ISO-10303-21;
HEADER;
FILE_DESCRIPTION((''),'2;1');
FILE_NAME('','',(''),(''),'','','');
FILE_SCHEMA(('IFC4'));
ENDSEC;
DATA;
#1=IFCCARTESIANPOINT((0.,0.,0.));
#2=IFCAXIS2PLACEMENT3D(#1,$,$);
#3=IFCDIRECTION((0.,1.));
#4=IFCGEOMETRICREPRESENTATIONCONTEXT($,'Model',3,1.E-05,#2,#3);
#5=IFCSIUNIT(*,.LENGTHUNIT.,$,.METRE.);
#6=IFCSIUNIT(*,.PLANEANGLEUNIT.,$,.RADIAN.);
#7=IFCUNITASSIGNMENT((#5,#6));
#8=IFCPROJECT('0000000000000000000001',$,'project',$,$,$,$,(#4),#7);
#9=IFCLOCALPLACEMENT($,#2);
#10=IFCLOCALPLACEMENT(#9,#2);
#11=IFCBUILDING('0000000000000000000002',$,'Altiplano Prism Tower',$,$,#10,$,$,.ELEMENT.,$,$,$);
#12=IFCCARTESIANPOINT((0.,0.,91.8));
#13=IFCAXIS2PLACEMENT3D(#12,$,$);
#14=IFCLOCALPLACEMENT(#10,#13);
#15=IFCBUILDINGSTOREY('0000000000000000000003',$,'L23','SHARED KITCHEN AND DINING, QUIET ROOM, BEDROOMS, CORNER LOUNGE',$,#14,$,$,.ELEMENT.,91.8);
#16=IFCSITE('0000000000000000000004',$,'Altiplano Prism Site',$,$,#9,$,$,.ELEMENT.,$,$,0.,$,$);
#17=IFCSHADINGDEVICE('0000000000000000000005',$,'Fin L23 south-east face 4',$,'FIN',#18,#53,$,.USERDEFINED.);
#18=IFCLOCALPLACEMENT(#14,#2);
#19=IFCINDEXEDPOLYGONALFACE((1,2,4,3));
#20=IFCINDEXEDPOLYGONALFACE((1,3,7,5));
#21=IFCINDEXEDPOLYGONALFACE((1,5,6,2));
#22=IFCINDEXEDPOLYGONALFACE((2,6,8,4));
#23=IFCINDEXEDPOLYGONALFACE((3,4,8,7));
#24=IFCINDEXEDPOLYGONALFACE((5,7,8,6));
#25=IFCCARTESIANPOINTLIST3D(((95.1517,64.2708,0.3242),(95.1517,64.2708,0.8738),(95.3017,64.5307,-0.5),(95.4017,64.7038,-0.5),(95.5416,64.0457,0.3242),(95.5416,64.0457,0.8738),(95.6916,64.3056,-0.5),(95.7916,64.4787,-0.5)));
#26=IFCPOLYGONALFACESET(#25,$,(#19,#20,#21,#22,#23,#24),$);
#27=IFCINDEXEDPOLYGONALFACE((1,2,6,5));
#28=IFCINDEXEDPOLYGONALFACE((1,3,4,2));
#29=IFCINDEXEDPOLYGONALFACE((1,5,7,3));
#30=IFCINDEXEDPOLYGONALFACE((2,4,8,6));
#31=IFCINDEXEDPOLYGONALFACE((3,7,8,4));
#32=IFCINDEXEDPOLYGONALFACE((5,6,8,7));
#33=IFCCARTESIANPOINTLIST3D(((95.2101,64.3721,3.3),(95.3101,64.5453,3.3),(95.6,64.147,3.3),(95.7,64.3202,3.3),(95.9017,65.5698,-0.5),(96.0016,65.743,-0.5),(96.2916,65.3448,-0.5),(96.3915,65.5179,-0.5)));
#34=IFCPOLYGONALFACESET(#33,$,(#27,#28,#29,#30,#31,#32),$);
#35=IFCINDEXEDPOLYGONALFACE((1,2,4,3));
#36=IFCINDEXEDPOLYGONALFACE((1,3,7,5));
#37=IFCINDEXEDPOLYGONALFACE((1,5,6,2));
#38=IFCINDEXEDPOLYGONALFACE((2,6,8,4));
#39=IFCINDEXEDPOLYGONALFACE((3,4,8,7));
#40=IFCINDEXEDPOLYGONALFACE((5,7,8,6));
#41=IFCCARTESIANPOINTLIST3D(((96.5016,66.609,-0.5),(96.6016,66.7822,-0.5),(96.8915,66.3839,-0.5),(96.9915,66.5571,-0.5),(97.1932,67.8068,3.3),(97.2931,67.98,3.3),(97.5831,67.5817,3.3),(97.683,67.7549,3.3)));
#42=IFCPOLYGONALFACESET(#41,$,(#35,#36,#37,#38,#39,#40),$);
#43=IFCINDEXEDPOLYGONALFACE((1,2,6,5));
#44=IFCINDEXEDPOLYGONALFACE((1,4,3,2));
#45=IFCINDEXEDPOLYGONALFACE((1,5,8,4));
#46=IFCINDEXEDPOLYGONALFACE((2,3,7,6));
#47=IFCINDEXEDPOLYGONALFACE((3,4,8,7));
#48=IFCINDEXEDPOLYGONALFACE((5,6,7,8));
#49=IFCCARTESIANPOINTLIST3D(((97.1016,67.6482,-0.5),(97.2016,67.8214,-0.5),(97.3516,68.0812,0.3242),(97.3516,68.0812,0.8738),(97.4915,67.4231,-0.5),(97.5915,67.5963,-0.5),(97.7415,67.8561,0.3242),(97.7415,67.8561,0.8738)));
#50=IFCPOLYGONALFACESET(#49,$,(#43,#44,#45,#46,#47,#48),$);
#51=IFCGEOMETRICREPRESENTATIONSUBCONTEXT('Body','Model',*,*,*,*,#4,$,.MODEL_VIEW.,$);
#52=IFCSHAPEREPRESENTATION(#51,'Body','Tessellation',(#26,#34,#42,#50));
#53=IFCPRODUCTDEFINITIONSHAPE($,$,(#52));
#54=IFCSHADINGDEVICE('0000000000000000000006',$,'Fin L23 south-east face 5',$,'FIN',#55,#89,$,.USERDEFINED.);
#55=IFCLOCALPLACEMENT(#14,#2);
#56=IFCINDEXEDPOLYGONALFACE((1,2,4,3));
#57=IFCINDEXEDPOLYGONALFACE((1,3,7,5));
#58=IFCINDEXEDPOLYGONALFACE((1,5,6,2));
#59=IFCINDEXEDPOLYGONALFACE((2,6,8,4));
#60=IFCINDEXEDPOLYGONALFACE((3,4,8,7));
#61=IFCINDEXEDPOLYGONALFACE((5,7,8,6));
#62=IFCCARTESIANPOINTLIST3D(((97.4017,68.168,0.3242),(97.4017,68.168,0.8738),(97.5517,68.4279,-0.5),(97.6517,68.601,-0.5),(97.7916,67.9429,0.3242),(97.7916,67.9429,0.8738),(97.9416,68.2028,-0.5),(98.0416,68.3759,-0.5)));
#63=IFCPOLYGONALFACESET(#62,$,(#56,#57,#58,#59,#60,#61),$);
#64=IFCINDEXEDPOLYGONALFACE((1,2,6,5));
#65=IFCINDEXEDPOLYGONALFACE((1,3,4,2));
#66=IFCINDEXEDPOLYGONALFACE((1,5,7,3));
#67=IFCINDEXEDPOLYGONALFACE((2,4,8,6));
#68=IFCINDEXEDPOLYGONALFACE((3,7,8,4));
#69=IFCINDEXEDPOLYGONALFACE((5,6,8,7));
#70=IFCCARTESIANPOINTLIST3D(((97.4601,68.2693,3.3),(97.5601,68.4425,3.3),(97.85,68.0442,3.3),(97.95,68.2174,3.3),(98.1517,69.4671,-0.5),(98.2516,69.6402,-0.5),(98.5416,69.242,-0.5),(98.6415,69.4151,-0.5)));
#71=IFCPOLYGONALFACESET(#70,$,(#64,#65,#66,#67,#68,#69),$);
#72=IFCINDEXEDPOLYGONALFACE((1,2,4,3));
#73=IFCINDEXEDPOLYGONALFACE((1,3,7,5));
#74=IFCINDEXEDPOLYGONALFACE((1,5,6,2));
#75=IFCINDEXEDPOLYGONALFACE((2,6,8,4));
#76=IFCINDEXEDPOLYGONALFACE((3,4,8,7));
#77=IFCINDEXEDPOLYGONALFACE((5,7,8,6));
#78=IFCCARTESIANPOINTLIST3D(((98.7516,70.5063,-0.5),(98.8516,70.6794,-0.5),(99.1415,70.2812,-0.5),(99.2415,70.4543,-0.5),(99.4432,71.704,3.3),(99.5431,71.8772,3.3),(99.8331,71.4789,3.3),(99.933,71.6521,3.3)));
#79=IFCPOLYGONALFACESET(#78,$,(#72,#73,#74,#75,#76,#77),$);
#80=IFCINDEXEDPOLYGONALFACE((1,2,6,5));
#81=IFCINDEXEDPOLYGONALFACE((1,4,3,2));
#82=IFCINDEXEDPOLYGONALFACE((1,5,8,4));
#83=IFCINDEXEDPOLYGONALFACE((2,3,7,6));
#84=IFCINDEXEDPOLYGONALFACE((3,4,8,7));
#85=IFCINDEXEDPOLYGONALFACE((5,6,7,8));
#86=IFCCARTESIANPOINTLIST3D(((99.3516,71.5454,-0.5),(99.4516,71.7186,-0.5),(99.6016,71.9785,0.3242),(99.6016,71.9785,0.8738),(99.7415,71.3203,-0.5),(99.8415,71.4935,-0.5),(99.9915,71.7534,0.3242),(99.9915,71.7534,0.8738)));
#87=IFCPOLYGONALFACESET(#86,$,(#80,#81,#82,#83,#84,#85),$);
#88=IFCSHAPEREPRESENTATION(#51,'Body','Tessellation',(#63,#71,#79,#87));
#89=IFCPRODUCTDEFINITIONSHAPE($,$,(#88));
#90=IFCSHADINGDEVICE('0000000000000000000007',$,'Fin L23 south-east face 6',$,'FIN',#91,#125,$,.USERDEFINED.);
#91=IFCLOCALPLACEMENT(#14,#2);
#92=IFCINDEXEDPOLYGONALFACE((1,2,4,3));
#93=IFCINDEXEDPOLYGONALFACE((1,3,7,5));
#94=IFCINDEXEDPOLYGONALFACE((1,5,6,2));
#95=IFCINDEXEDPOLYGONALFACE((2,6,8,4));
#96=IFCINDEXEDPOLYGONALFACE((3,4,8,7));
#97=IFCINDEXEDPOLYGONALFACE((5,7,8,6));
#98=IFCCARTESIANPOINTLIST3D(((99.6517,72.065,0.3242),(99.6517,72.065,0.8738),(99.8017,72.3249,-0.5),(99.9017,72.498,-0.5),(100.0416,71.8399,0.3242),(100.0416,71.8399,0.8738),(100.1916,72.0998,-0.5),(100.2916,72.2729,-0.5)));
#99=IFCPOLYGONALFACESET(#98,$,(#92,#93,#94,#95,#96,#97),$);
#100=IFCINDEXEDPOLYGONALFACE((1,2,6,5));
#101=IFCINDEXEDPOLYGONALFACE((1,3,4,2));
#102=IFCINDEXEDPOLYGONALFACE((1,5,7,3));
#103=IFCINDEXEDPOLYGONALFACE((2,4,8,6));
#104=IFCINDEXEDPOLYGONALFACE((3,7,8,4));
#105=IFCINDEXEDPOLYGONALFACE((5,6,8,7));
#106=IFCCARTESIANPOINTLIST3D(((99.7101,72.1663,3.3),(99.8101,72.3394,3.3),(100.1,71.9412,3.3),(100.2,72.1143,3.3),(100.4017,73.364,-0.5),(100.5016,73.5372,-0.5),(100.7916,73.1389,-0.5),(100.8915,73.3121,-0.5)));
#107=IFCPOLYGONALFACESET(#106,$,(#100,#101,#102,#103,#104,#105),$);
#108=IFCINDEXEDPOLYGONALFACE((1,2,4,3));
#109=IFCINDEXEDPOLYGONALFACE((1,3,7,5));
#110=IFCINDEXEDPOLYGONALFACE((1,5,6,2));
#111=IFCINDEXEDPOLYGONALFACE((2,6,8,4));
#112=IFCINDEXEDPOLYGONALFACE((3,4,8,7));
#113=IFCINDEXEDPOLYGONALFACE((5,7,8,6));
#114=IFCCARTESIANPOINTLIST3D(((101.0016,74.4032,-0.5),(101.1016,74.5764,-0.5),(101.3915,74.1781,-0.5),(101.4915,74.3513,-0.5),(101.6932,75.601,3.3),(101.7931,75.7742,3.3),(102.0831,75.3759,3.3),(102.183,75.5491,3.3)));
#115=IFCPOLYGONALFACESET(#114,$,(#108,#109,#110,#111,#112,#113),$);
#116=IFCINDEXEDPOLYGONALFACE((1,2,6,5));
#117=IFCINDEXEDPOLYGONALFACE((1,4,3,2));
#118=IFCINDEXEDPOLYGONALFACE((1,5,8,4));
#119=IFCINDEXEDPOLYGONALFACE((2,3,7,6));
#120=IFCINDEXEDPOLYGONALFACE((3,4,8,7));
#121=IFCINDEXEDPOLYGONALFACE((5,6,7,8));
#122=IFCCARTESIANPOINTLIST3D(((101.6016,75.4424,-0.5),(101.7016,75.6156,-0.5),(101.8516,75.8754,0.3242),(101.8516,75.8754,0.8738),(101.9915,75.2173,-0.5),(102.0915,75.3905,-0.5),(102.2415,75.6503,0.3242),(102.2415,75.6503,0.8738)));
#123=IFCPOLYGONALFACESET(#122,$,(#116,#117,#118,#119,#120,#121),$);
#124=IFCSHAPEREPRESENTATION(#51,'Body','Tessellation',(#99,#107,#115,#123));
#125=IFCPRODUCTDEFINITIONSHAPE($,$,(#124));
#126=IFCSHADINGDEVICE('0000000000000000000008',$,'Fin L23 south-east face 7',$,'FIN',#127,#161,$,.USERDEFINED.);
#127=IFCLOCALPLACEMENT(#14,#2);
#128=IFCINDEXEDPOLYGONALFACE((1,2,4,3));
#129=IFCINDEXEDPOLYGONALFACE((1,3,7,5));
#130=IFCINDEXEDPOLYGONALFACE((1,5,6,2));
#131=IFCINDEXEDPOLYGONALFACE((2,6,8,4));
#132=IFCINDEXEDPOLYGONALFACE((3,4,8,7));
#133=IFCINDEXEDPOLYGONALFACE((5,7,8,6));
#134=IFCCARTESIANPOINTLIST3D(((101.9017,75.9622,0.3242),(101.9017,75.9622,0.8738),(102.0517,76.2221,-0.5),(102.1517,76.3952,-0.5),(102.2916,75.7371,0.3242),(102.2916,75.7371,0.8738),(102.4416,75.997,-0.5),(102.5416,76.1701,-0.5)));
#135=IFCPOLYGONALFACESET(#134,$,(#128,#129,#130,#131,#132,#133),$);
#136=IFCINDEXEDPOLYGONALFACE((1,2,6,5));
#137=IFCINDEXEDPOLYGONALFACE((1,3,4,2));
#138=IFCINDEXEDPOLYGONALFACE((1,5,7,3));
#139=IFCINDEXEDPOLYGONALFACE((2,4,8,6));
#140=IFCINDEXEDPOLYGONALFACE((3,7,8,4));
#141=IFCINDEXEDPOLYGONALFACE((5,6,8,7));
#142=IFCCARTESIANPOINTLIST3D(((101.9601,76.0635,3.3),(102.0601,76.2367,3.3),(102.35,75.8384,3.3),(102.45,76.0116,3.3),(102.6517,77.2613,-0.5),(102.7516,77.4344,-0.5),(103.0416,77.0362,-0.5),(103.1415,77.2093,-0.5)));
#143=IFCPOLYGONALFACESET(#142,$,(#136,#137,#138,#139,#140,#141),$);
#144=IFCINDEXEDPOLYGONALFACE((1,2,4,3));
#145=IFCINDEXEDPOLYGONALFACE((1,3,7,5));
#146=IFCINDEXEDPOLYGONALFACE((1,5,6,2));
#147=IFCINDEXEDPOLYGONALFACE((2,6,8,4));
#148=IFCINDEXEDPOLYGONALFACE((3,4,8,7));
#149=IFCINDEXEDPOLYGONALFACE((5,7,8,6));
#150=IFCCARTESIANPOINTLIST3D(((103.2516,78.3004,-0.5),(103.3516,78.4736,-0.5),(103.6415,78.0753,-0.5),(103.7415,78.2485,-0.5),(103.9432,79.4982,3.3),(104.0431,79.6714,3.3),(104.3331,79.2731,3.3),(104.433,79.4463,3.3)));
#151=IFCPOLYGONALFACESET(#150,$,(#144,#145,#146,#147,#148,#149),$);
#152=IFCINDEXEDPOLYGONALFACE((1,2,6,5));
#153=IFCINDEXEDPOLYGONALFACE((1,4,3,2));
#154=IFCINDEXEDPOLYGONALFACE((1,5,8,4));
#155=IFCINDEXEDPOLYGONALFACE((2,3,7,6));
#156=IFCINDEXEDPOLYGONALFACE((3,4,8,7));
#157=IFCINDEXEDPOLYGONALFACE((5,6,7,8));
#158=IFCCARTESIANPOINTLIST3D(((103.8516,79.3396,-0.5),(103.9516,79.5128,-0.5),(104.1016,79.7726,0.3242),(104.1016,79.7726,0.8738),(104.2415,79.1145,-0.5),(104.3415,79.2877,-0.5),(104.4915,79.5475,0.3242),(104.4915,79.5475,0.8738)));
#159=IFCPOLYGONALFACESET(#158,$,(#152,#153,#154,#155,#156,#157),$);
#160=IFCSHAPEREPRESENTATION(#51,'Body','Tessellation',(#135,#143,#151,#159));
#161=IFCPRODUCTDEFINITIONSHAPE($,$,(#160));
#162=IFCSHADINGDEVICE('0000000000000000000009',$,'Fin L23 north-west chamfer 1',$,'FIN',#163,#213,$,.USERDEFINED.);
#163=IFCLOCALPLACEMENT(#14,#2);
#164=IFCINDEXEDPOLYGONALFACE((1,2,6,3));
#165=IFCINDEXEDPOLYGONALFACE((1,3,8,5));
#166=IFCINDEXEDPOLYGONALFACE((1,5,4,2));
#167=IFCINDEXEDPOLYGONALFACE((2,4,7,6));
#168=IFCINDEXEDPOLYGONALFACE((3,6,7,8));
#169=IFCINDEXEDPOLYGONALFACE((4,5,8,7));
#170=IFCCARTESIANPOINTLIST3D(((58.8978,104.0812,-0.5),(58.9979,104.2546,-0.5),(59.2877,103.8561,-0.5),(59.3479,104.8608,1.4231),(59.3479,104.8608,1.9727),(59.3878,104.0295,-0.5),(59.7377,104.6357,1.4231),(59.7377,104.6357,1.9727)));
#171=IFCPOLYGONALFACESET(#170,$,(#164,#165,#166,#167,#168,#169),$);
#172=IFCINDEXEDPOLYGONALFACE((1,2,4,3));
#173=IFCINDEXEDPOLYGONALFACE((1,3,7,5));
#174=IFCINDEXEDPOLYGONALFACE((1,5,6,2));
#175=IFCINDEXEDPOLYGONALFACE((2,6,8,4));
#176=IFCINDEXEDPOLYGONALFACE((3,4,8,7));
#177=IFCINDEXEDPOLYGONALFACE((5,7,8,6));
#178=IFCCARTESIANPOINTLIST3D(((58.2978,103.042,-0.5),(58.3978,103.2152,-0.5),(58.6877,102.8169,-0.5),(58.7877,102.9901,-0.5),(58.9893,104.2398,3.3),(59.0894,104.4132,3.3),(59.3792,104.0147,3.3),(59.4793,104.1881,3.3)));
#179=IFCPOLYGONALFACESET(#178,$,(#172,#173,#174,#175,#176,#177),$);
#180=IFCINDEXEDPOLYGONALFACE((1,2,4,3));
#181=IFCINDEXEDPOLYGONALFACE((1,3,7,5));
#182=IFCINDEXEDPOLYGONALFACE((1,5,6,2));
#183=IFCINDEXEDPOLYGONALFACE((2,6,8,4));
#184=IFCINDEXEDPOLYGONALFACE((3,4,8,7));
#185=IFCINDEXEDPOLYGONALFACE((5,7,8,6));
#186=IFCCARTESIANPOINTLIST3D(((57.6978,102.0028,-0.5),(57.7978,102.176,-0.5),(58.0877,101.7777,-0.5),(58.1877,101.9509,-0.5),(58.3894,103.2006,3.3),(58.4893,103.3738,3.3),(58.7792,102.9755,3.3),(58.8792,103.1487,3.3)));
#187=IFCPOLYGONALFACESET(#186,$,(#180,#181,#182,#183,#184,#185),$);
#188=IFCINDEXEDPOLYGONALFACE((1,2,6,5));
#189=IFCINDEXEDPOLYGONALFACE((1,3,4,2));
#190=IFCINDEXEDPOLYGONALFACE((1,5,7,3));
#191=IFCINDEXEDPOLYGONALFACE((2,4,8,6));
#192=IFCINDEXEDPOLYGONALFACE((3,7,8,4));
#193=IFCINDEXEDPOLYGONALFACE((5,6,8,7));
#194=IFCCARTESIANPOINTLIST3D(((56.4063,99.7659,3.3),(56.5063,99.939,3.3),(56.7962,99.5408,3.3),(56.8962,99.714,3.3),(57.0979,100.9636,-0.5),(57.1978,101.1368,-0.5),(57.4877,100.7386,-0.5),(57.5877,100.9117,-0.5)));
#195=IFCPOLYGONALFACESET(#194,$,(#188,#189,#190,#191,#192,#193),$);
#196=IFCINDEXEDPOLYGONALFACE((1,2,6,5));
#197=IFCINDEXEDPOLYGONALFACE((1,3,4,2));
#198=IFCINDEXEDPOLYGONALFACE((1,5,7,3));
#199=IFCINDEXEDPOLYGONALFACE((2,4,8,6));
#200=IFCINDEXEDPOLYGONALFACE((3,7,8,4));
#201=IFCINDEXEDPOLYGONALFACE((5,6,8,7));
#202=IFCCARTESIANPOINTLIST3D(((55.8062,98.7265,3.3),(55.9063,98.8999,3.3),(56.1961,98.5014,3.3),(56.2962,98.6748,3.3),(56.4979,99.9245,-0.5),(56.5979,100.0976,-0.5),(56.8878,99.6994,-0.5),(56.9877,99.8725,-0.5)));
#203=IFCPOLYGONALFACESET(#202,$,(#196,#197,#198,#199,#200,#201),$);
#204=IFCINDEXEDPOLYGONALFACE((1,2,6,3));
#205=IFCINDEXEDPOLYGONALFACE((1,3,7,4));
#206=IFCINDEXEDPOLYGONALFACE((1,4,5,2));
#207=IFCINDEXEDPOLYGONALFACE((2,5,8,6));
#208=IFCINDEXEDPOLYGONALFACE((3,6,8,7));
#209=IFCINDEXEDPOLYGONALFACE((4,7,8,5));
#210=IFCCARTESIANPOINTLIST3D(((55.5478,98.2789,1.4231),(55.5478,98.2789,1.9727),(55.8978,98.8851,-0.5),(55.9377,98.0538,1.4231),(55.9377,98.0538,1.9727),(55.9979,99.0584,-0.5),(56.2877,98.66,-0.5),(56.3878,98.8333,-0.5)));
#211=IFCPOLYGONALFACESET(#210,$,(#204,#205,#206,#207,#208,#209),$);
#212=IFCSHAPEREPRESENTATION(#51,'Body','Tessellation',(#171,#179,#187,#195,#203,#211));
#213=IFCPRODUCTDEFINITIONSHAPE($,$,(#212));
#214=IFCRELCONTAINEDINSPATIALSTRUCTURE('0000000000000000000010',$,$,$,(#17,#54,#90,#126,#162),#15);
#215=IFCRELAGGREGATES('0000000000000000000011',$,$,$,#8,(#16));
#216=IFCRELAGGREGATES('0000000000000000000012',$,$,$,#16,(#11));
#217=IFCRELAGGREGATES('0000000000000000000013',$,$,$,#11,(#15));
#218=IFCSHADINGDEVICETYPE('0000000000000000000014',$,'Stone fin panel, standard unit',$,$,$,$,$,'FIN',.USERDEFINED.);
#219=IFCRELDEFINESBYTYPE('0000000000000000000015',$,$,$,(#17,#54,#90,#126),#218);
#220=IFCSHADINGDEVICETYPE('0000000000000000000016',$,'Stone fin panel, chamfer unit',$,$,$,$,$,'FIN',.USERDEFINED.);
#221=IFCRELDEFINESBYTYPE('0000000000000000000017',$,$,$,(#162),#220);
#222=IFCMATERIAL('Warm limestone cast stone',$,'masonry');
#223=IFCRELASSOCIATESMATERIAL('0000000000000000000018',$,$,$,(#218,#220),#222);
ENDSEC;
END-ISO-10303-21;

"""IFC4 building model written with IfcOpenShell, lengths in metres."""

from ifc_helpers import new_model, si_unit, direction, frame, origin, place, context, subcontext, project, spatial, polyline, outline, extrude, source, transform, mapped, material, type_object, element, save


model = new_model("IFC4")

# Units and contexts
model_context = context("Model", 3, precision=1e-05, world=origin(), true_north=direction((0.0, 1.0)))
body_context = subcontext(model_context, "Body", "Model", "MODEL_VIEW")
ifc_project = project(units=[si_unit("LENGTHUNIT", "METRE"), si_unit("PLANEANGLEUNIT", "RADIAN")], contexts=[model_context])

# Site, building, storey
site_placement = place(None, origin())
site = spatial("IfcSite", under=ifc_project, at=site_placement, Name="Altiplano Prism Site", CompositionType="ELEMENT", RefElevation=0.0)
building_placement = place(site_placement, origin())
building = spatial("IfcBuilding", under=site, at=building_placement, Name="Altiplano Prism Tower", CompositionType="ELEMENT")
storey_placement = place(building_placement, frame((0.0, 0.0, 91.8)))
storey = spatial("IfcBuildingStorey", under=building, at=storey_placement, Name="L23", Description="SHARED KITCHEN AND DINING, QUIET ROOM, BEDROOMS, CORNER LOUNGE", CompositionType="ELEMENT", Elevation=91.8)

# Shading devices
ifc_material_1 = material(Name="Warm limestone cast stone", Category="masonry")
shading_device_type_1 = type_object("IfcShadingDeviceType", Name="Stone fin panel, standard unit", ElementType="FIN", PredefinedType="USERDEFINED", material=ifc_material_1)
shared_shape_1 = source(origin(), body_context, "Body", "SweptSolid", [
    extrude(outline(polyline([(-2.2, 1.3738), (-2.2, 0.8242), (-1.8999, 0.0), (-1.7, 0.0), (-2.2, 1.3738)])), frame((0.0, -0.1499, 0.0), z_axis=(0.0, -1.0, 0.0), x_axis=(1.0, 0.0, 0.0)), (0.0, 0.0, 1.0), 0.4502),
    extrude(outline(polyline([(-2.083, 3.8), (-0.7, 0.0), (-0.5, 0.0), (-1.8831, 3.8), (-2.083, 3.8)])), frame((0.0, -0.1499, 0.0), z_axis=(0.0, -1.0, 0.0), x_axis=(1.0, 0.0, 0.0)), (0.0, 0.0, 1.0), 0.4502),
    extrude(outline(polyline([(1.8831, 3.8), (0.5, 0.0), (0.7, 0.0), (2.083, 3.8), (1.8831, 3.8)])), frame((0.0, -0.1499, 0.0), z_axis=(0.0, -1.0, 0.0), x_axis=(1.0, 0.0, 0.0)), (0.0, 0.0, 1.0), 0.4502),
    extrude(outline(polyline([(2.2, 0.8242), (2.2, 1.3738), (1.7, 0.0), (1.8999, 0.0), (2.2, 0.8242)])), frame((0.0, -0.1499, 0.0), z_axis=(0.0, -1.0, 0.0), x_axis=(1.0, 0.0, 0.0)), (0.0, 0.0, 1.0), 0.4502),
])
shading_device_1_placement = place(storey_placement, origin())
element("IfcShadingDevice", 1, at=shading_device_1_placement, inside=storey, type_object=shading_device_type_1, Name="Fin L23 south-east face 4", ObjectType="FIN", PredefinedType="USERDEFINED", context=body_context, shape_type="MappedRepresentation", body=[
    mapped(shared_shape_1, transform((96.1218, 66.251, -0.5), x_axis=(0.5, 0.866025, 0.0), y_axis=(-0.866025, 0.5, 0.0), z_axis=(0.0, 0.0, 1.0))),
])
shading_device_2_placement = place(storey_placement, origin())
element("IfcShadingDevice", 2, at=shading_device_2_placement, inside=storey, type_object=shading_device_type_1, Name="Fin L23 south-east face 5", ObjectType="FIN", PredefinedType="USERDEFINED", context=body_context, shape_type="MappedRepresentation", body=[
    mapped(shared_shape_1, transform((98.3718, 70.1482, -0.5), x_axis=(0.5, 0.866025, 0.0), y_axis=(-0.866025, 0.5, 0.0), z_axis=(0.0, 0.0, 1.0))),
])
shading_device_3_placement = place(storey_placement, origin())
element("IfcShadingDevice", 3, at=shading_device_3_placement, inside=storey, type_object=shading_device_type_1, Name="Fin L23 south-east face 6", ObjectType="FIN", PredefinedType="USERDEFINED", context=body_context, shape_type="MappedRepresentation", body=[
    mapped(shared_shape_1, transform((100.6218, 74.0452, -0.5), x_axis=(0.5, 0.866025, 0.0), y_axis=(-0.866025, 0.5, 0.0), z_axis=(0.0, 0.0, 1.0))),
])
shading_device_4_placement = place(storey_placement, origin())
element("IfcShadingDevice", 4, at=shading_device_4_placement, inside=storey, type_object=shading_device_type_1, Name="Fin L23 south-east face 7", ObjectType="FIN", PredefinedType="USERDEFINED", context=body_context, shape_type="MappedRepresentation", body=[
    mapped(shared_shape_1, transform((102.8718, 77.9424, -0.5), x_axis=(0.5, 0.866025, 0.0), y_axis=(-0.866025, 0.5, 0.0), z_axis=(0.0, 0.0, 1.0))),
])
shading_device_type_2 = type_object("IfcShadingDeviceType", Name="Stone fin panel, chamfer unit", ElementType="FIN", PredefinedType="USERDEFINED", material=ifc_material_1)
shared_shape_2 = source(origin(), body_context, "Body", "SweptSolid", [
    extrude(outline(polyline([(-3.8, 2.4727), (-3.8, 1.9231), (-3.1001, 0.0), (-2.8999, 0.0), (-3.8, 2.4727)])), frame((0.0, -0.1499, 0.0), z_axis=(0.0, -1.0, 0.0), x_axis=(1.0, 0.0, 0.0)), (0.0, 0.0, 1.0), 0.4502),
    extrude(outline(polyline([(-3.2832, 3.8), (-1.8999, 0.0), (-1.7, 0.0), (-3.083, 3.8), (-3.2832, 3.8)])), frame((0.0, -0.1499, 0.0), z_axis=(0.0, -1.0, 0.0), x_axis=(1.0, 0.0, 0.0)), (0.0, 0.0, 1.0), 0.4502),
    extrude(outline(polyline([(-2.083, 3.8), (-0.7, 0.0), (-0.5, 0.0), (-1.8831, 3.8), (-2.083, 3.8)])), frame((0.0, -0.1499, 0.0), z_axis=(0.0, -1.0, 0.0), x_axis=(1.0, 0.0, 0.0)), (0.0, 0.0, 1.0), 0.4502),
    extrude(outline(polyline([(1.8831, 3.8), (0.5, 0.0), (0.7, 0.0), (2.083, 3.8), (1.8831, 3.8)])), frame((0.0, -0.1499, 0.0), z_axis=(0.0, -1.0, 0.0), x_axis=(1.0, 0.0, 0.0)), (0.0, 0.0, 1.0), 0.4502),
    extrude(outline(polyline([(3.083, 3.8), (1.7, 0.0), (1.8999, 0.0), (3.2832, 3.8), (3.083, 3.8)])), frame((0.0, -0.1499, 0.0), z_axis=(0.0, -1.0, 0.0), x_axis=(1.0, 0.0, 0.0)), (0.0, 0.0, 1.0), 0.4502),
    extrude(outline(polyline([(3.8, 1.9231), (3.8, 2.4727), (2.8999, 0.0), (3.1001, 0.0), (3.8, 1.9231)])), frame((0.0, -0.1499, 0.0), z_axis=(0.0, -1.0, 0.0), x_axis=(1.0, 0.0, 0.0)), (0.0, 0.0, 1.0), 0.4502),
])
shading_device_5_placement = place(storey_placement, origin())
element("IfcShadingDevice", 5, at=shading_device_5_placement, inside=storey, type_object=shading_device_type_2, Name="Fin L23 north-west chamfer 1", ObjectType="FIN", PredefinedType="USERDEFINED", context=body_context, shape_type="MappedRepresentation", body=[
    mapped(shared_shape_2, transform((57.9675, 101.2698, -0.5), x_axis=(-0.5, -0.866025, 0.0), y_axis=(0.866025, -0.5, 0.0), z_axis=(0.0, 0.0, 1.0))),
])

save(model, "model.ifc")
